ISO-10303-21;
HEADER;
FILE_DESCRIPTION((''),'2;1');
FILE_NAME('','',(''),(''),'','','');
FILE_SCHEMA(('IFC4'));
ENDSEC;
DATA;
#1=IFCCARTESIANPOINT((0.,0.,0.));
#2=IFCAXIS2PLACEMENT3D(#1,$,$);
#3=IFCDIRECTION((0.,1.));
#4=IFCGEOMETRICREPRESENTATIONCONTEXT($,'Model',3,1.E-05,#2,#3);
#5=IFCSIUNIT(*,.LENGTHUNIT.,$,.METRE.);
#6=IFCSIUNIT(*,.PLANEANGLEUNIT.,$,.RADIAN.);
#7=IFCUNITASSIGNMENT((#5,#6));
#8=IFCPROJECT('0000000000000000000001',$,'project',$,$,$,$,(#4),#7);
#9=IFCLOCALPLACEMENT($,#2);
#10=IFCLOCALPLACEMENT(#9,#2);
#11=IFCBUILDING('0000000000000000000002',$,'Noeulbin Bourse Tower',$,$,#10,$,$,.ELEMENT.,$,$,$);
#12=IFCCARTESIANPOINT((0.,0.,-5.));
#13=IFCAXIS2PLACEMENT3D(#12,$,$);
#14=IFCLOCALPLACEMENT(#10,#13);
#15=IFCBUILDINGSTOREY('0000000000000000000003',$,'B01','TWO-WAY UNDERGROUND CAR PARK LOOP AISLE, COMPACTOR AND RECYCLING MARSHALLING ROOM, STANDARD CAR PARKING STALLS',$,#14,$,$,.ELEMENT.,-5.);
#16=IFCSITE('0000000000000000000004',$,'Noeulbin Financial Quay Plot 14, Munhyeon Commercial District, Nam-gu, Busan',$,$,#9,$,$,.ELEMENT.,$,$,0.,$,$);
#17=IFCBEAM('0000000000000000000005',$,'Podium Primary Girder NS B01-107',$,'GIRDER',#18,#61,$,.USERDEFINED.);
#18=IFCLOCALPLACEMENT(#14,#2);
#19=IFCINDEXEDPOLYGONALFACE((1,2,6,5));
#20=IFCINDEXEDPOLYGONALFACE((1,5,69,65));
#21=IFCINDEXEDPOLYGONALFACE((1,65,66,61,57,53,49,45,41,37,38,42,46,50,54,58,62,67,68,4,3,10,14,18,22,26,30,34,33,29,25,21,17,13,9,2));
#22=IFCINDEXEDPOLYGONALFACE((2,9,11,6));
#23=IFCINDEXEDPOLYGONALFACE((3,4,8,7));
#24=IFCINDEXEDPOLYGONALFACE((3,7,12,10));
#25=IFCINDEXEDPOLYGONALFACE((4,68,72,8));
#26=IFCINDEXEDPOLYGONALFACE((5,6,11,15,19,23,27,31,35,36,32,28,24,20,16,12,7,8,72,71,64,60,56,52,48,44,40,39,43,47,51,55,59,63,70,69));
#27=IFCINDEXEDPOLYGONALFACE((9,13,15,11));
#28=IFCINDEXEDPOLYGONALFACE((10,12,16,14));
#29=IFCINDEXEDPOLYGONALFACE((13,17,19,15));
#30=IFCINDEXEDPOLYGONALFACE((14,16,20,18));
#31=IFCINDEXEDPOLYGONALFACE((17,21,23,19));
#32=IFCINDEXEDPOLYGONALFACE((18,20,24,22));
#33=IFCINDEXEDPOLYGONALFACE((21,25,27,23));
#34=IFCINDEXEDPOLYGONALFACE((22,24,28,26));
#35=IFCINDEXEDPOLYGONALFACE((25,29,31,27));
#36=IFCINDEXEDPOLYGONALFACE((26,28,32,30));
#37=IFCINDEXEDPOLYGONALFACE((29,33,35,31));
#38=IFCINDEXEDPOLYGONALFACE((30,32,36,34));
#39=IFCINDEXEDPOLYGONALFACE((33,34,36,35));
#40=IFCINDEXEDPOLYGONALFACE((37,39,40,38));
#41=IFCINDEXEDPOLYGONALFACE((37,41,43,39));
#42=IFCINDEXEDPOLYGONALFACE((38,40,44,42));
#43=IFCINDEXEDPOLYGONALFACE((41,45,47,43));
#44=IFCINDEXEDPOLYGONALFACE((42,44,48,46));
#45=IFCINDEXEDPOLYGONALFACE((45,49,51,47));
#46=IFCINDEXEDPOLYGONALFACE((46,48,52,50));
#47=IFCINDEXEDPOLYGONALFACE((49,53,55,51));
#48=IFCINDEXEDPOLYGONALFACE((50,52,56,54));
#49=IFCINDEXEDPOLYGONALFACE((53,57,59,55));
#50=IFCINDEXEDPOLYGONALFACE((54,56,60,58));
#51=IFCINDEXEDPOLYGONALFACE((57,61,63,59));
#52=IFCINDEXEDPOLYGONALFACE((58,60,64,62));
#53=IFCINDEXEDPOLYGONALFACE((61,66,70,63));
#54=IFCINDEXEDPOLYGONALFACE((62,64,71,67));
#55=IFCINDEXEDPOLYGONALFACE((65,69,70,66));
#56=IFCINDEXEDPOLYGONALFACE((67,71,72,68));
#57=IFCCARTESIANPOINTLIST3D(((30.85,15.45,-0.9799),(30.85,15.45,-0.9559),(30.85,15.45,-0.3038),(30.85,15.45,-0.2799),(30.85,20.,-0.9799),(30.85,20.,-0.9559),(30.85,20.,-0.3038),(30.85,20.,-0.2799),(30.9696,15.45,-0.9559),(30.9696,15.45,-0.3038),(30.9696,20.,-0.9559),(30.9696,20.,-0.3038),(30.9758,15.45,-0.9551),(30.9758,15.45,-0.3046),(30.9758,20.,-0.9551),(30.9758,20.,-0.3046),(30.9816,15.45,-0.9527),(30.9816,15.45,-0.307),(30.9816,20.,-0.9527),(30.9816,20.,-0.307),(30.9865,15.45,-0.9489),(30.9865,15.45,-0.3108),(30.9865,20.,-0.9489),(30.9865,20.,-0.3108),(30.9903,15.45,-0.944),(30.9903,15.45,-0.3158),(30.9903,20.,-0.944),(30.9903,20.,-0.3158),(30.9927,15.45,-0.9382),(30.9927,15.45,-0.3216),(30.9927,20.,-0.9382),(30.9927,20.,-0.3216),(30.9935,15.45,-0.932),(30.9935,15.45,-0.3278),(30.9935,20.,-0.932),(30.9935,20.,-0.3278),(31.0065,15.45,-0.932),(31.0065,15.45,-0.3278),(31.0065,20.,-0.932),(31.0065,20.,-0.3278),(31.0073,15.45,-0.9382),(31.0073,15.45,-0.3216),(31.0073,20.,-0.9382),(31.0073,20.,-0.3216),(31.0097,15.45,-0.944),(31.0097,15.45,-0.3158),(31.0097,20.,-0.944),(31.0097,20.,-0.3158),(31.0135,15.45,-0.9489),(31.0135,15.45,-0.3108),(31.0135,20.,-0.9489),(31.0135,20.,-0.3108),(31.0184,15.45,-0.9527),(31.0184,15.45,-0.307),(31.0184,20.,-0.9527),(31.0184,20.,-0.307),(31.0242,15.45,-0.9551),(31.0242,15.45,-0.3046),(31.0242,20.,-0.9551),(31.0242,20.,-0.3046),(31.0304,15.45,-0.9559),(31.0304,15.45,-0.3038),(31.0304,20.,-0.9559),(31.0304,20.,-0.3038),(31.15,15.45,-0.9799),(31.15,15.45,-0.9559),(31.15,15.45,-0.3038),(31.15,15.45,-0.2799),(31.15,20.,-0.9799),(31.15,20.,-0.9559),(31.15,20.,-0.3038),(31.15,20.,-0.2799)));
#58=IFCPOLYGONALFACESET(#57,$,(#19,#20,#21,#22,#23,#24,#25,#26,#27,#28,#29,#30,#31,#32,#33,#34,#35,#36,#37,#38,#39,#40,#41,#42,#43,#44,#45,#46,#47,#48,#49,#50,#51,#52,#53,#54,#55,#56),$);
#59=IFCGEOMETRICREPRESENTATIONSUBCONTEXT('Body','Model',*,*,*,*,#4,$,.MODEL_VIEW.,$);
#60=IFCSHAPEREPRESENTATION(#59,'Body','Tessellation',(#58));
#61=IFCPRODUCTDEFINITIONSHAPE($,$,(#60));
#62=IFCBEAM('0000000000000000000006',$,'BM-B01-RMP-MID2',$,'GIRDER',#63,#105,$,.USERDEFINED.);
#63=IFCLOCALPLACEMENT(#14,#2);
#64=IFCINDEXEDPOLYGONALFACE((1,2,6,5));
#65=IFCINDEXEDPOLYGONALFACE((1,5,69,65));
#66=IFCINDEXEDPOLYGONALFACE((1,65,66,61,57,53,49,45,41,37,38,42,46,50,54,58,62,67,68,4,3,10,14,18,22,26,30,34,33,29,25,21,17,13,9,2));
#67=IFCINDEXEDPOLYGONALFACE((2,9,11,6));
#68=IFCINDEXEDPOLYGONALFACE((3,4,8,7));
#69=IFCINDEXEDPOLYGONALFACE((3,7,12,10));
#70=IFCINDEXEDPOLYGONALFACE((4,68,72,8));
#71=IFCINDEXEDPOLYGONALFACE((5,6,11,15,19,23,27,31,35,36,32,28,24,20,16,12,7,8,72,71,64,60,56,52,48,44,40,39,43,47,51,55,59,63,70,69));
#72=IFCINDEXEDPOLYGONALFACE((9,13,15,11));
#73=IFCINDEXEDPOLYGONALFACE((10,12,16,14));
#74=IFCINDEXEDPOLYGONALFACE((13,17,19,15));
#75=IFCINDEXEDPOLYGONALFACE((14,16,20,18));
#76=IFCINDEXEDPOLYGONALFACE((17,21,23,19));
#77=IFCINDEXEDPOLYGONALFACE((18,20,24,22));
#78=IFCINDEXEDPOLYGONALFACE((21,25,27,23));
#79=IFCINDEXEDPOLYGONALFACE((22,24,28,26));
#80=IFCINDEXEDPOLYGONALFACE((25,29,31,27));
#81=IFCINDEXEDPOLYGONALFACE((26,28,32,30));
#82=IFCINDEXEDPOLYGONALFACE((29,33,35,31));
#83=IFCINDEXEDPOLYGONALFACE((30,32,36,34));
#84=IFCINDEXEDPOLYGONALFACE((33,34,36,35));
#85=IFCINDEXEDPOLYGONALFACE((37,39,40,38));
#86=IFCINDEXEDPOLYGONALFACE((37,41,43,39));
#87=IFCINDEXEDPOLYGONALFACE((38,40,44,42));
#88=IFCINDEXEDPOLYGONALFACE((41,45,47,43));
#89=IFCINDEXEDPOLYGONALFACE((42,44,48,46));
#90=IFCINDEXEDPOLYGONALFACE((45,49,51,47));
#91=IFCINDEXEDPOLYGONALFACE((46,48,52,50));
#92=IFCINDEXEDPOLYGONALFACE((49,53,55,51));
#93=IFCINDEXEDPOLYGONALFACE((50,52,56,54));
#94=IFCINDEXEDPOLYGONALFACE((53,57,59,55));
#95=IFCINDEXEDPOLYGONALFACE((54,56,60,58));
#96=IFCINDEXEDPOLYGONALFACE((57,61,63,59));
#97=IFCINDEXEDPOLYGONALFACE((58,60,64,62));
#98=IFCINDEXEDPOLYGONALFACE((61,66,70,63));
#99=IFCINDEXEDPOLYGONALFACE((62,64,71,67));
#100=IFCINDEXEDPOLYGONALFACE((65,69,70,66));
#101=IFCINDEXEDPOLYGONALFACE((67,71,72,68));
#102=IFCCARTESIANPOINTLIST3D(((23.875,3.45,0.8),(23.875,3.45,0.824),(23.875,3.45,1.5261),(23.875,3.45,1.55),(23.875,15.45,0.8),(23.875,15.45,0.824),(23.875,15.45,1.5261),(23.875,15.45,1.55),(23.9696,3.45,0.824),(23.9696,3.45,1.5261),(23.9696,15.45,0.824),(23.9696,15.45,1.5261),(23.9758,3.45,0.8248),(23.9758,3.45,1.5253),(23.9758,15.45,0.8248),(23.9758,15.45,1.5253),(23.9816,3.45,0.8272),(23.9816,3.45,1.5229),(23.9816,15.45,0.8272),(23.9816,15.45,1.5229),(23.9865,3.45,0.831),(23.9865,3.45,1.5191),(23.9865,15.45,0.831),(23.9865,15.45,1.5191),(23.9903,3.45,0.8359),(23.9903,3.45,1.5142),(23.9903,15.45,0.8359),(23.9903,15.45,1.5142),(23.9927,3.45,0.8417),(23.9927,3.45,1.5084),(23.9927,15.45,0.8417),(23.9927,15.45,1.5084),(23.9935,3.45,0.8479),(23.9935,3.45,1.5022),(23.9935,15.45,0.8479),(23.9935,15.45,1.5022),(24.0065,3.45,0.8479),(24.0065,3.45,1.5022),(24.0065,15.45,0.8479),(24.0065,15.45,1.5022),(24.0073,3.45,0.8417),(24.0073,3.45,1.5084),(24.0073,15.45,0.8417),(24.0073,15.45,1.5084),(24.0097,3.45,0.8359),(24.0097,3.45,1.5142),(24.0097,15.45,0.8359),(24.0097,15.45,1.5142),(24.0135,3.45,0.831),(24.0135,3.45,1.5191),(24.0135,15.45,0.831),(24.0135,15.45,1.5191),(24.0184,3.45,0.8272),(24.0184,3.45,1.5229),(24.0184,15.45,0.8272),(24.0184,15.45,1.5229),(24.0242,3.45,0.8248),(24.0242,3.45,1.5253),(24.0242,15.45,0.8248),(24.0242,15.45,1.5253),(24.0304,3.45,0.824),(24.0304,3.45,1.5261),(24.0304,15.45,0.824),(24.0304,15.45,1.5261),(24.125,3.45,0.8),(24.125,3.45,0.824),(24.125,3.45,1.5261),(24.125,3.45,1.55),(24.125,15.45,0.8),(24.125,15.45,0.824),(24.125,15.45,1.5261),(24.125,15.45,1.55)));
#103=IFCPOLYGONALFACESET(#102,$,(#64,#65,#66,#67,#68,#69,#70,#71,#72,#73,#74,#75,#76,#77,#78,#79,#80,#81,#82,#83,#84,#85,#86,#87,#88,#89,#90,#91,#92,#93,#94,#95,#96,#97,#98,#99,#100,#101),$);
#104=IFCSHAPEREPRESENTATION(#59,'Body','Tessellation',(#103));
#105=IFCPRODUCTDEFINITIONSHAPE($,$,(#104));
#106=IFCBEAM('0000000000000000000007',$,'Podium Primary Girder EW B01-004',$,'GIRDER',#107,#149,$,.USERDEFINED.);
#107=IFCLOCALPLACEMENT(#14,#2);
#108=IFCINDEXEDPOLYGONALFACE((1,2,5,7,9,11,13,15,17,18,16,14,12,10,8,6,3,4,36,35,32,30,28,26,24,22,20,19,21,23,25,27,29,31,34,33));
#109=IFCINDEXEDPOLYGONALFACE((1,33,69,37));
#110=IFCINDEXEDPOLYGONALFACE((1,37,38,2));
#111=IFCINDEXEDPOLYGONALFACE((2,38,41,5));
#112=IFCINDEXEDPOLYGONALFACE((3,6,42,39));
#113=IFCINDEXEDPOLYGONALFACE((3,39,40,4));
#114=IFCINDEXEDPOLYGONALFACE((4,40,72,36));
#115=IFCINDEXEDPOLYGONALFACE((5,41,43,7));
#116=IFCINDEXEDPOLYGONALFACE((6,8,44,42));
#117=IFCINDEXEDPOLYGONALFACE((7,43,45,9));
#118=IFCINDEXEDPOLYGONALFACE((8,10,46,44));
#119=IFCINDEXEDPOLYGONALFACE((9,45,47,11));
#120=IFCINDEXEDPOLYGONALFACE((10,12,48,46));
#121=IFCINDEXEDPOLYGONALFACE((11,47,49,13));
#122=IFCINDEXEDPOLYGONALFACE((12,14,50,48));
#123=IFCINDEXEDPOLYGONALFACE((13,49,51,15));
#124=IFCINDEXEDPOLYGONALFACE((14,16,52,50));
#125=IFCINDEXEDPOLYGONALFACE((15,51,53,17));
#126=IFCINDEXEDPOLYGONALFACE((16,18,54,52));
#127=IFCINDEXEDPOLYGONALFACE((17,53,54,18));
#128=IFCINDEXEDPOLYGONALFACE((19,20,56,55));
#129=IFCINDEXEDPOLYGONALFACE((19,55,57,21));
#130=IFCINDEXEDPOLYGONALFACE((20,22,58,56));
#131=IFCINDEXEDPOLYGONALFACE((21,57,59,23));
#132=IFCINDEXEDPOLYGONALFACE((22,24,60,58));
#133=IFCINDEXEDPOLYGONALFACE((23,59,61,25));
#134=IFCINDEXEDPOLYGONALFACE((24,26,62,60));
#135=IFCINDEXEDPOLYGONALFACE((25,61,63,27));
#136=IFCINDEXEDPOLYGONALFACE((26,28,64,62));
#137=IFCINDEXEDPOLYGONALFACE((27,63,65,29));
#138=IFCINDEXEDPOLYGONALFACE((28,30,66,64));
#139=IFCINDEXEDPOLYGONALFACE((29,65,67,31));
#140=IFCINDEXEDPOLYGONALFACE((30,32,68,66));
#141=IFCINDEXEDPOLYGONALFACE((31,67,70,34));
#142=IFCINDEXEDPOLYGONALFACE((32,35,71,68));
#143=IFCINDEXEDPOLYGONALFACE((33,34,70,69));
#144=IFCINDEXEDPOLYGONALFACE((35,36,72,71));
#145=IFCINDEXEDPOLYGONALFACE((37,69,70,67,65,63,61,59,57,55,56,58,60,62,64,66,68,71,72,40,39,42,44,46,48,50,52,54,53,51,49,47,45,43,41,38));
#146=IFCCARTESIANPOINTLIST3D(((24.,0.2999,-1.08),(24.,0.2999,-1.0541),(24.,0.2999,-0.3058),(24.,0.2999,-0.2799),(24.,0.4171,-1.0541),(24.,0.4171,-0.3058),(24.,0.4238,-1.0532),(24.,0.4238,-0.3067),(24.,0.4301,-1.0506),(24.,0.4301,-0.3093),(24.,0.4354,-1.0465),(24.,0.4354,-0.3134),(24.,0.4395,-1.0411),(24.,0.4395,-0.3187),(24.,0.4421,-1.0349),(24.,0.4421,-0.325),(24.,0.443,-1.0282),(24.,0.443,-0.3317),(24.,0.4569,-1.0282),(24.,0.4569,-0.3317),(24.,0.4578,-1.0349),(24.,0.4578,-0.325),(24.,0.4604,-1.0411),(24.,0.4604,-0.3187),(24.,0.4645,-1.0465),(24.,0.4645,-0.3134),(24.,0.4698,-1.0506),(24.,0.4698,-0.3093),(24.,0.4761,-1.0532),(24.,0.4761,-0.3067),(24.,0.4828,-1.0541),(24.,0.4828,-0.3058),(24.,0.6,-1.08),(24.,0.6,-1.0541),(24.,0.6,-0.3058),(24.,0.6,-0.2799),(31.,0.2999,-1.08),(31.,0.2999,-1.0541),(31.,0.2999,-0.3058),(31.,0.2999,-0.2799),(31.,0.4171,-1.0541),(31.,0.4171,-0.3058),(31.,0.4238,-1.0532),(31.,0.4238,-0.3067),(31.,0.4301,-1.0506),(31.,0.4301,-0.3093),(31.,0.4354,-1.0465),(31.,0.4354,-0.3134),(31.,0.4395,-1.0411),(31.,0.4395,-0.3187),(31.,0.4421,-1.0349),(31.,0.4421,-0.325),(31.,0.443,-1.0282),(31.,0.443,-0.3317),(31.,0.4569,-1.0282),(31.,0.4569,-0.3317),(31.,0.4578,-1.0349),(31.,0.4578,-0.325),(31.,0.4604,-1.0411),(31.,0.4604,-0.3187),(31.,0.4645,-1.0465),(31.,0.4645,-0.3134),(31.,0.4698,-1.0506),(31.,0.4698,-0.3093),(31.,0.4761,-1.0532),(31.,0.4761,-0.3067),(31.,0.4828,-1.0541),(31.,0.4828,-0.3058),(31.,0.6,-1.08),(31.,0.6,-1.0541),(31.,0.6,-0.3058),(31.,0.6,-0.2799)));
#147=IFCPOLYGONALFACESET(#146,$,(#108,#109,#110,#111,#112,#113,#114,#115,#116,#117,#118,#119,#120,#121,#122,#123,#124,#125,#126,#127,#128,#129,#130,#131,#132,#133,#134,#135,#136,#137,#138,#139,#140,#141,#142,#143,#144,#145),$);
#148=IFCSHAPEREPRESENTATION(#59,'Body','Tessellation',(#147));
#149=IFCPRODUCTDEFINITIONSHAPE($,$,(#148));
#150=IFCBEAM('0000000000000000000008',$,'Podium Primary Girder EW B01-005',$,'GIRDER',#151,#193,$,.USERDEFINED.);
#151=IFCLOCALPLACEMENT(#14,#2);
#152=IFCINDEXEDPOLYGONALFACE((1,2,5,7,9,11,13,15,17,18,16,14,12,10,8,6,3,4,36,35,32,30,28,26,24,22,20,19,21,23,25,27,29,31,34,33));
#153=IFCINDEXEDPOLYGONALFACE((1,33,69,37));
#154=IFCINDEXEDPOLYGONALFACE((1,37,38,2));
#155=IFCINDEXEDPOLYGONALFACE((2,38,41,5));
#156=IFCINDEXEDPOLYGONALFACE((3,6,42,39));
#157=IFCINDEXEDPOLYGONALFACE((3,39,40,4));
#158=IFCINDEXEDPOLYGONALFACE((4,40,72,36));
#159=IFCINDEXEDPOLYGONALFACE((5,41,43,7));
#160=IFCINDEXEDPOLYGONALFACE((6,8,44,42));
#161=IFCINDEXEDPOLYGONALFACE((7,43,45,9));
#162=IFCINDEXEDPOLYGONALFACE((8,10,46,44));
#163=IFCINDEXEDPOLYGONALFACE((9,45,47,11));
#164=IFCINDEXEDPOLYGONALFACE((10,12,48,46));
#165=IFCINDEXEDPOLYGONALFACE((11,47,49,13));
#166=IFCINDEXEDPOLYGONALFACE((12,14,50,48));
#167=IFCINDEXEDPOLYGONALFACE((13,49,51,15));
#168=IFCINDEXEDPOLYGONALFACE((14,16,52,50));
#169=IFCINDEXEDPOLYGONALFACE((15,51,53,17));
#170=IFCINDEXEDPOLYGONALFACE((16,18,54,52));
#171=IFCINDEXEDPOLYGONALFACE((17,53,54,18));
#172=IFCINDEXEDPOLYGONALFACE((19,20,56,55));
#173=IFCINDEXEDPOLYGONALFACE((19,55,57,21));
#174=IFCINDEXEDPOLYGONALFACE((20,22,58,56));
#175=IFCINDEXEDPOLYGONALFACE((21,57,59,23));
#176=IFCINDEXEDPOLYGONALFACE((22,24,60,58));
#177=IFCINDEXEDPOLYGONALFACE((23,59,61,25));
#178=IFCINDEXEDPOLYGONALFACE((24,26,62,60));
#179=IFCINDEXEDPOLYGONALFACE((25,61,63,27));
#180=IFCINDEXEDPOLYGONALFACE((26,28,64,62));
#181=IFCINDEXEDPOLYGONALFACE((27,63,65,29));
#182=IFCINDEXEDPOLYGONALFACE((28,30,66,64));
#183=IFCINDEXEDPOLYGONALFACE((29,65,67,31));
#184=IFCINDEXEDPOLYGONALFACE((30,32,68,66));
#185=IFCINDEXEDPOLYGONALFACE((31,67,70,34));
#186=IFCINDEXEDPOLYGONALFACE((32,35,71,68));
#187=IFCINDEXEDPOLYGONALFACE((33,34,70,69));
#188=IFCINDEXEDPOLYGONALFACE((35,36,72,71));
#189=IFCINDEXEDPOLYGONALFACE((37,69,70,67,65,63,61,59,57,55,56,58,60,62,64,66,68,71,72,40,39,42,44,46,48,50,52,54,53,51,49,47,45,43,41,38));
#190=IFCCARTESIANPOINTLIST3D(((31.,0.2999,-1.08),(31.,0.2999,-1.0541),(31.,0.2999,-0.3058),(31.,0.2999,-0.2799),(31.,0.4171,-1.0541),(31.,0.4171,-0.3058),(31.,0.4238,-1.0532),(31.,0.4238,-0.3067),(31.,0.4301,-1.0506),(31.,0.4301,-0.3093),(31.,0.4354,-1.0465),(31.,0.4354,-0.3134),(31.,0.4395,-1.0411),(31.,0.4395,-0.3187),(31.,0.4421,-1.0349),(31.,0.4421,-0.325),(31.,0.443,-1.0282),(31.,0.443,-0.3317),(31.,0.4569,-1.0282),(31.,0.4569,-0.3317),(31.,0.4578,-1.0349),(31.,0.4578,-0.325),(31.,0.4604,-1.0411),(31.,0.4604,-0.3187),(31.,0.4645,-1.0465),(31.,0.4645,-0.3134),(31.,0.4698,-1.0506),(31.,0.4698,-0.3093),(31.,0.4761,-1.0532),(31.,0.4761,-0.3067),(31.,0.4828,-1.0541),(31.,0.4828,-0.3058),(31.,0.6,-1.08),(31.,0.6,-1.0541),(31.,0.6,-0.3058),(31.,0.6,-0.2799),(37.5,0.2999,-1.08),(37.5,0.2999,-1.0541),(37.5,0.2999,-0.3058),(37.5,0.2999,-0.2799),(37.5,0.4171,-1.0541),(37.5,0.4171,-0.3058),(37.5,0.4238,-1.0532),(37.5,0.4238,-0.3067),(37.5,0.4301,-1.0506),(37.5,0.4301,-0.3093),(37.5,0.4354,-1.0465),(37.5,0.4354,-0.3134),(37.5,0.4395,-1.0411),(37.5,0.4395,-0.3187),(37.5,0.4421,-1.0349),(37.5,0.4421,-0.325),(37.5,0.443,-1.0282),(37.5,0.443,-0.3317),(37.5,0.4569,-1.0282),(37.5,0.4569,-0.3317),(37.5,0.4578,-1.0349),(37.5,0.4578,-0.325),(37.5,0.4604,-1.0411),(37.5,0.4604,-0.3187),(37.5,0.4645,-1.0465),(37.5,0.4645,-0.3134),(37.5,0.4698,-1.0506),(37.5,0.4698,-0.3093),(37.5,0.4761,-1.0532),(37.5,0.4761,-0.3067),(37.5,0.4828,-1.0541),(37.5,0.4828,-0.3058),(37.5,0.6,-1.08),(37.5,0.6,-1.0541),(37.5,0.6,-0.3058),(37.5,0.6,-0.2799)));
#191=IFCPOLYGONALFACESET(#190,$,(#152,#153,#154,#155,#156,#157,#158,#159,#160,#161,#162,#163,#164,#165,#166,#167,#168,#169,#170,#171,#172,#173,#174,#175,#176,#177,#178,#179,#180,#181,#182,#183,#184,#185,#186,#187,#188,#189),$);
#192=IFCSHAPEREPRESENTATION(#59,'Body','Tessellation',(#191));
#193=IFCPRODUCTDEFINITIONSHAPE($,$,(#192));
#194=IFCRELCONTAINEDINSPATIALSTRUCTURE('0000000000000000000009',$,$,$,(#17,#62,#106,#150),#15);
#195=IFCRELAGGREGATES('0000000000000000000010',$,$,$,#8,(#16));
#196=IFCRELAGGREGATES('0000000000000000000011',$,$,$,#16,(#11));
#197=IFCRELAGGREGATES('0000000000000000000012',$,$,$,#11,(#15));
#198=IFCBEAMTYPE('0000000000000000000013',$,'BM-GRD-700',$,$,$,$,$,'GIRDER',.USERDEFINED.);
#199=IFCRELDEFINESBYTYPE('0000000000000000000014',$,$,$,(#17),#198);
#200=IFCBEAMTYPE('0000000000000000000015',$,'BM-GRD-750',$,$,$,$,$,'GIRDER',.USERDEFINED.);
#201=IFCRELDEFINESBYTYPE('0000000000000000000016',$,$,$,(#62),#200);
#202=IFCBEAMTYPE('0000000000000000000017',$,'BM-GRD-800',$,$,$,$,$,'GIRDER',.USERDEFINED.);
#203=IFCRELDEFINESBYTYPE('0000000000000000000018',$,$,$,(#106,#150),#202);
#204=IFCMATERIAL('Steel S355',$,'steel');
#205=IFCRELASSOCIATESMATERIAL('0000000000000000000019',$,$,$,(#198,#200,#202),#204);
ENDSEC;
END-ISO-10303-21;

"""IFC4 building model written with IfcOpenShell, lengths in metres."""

from ifc_helpers import new_model, si_unit, direction, frame, origin, origin_2d, place, context, subcontext, project, spatial, i_section, extrude, material, material_profile, profile_set, type_object, element, save


model = new_model("IFC4")

# Units and contexts
model_context = context("Model", 3, precision=1e-05, world=origin(), true_north=direction((0.0, 1.0)))
body_context = subcontext(model_context, "Body", "Model", "MODEL_VIEW")
ifc_project = project(units=[si_unit("LENGTHUNIT", "METRE"), si_unit("PLANEANGLEUNIT", "RADIAN")], contexts=[model_context])

# Site, building, storey
site_placement = place(None, origin())
site = spatial("IfcSite", under=ifc_project, at=site_placement, Name="Noeulbin Financial Quay Plot 14, Munhyeon Commercial District, Nam-gu, Busan", CompositionType="ELEMENT", RefElevation=0.0)
building_placement = place(site_placement, origin())
building = spatial("IfcBuilding", under=site, at=building_placement, Name="Noeulbin Bourse Tower", CompositionType="ELEMENT")
storey_placement = place(building_placement, frame((0.0, 0.0, -5.0)))
storey = spatial("IfcBuildingStorey", under=building, at=storey_placement, Name="B01", Description="TWO-WAY UNDERGROUND CAR PARK LOOP AISLE, COMPACTOR AND RECYCLING MARSHALLING ROOM, STANDARD CAR PARKING STALLS", CompositionType="ELEMENT", Elevation=-5.0)

# Beams
ifc_material_1 = material(Name="Steel S355", Category="steel")
ifc_material_profile_1 = material_profile(ifc_material_1, i_section(OverallWidth=0.3, OverallDepth=0.7, WebThickness=0.0129, FlangeThickness=0.0239, FilletRadius=0.0239, at=origin_2d()), Name="H-700x300x13x24", Category="LoadBearing")
ifc_profile_set_1 = profile_set([ifc_material_profile_1], Name="Steel S355")
beam_type_1 = type_object("IfcBeamType", Name="BM-GRD-700", ElementType="GIRDER", PredefinedType="USERDEFINED", material=ifc_profile_set_1)
beam_1_placement = place(storey_placement, frame((31.0, 15.45, -0.6299), z_axis=(0.0, 1.0, 0.0), x_axis=(-1.0, 0.0, 0.0)))
element("IfcBeam", 1, at=beam_1_placement, inside=storey, type_object=beam_type_1, Name="Podium Primary Girder NS B01-107", ObjectType="GIRDER", PredefinedType="USERDEFINED", context=body_context, shape_type="SweptSolid", body=[
    extrude(i_section(OverallWidth=0.3, OverallDepth=0.7, WebThickness=0.0129, FlangeThickness=0.0239, FilletRadius=0.0239, at=origin_2d()), origin(), (0.0, 0.0, 1.0), 4.55),
])
ifc_material_profile_2 = material_profile(ifc_material_1, i_section(OverallWidth=0.25, OverallDepth=0.75, WebThickness=0.0129, FlangeThickness=0.0239, FilletRadius=0.0239, at=origin_2d()), Name="H-750x250x13x24", Category="LoadBearing")
ifc_profile_set_2 = profile_set([ifc_material_profile_2], Name="Steel S355")
beam_type_2 = type_object("IfcBeamType", Name="BM-GRD-750", ElementType="GIRDER", PredefinedType="USERDEFINED", material=ifc_profile_set_2)
beam_2_placement = place(storey_placement, frame((24.0, 3.45, 1.175), z_axis=(0.0, 1.0, 0.0), x_axis=(-1.0, 0.0, 0.0)))
element("IfcBeam", 2, at=beam_2_placement, inside=storey, type_object=beam_type_2, Name="BM-B01-RMP-MID2", ObjectType="GIRDER", PredefinedType="USERDEFINED", context=body_context, shape_type="SweptSolid", body=[
    extrude(i_section(OverallWidth=0.25, OverallDepth=0.75, WebThickness=0.0129, FlangeThickness=0.0239, FilletRadius=0.0239, at=origin_2d()), origin(), (0.0, 0.0, 1.0), 12.0),
])
ifc_material_profile_3 = material_profile(ifc_material_1, i_section(OverallWidth=0.3, OverallDepth=0.8, WebThickness=0.0139, FlangeThickness=0.0259, FilletRadius=0.0259, at=origin_2d()), Name="H-800x300x14x26", Category="LoadBearing")
ifc_profile_set_3 = profile_set([ifc_material_profile_3], Name="Steel S355")
beam_type_3 = type_object("IfcBeamType", Name="BM-GRD-800", ElementType="GIRDER", PredefinedType="USERDEFINED", material=ifc_profile_set_3)
beam_3_placement = place(storey_placement, frame((24.0, 0.45, -0.6799), z_axis=(1.0, 0.0, 0.0), x_axis=(0.0, 1.0, 0.0)))
element("IfcBeam", 3, at=beam_3_placement, inside=storey, type_object=beam_type_3, Name="Podium Primary Girder EW B01-004", ObjectType="GIRDER", PredefinedType="USERDEFINED", context=body_context, shape_type="SweptSolid", body=[
    extrude(i_section(OverallWidth=0.3, OverallDepth=0.8, WebThickness=0.0139, FlangeThickness=0.0259, FilletRadius=0.0259, at=origin_2d()), origin(), (0.0, 0.0, 1.0), 7.0),
])
beam_4_placement = place(storey_placement, frame((31.0, 0.45, -0.6799), z_axis=(1.0, 0.0, 0.0), x_axis=(0.0, 1.0, 0.0)))
element("IfcBeam", 4, at=beam_4_placement, inside=storey, type_object=beam_type_3, Name="Podium Primary Girder EW B01-005", ObjectType="GIRDER", PredefinedType="USERDEFINED", context=body_context, shape_type="SweptSolid", body=[
    extrude(i_section(OverallWidth=0.3, OverallDepth=0.8, WebThickness=0.0139, FlangeThickness=0.0259, FilletRadius=0.0259, at=origin_2d()), origin(), (0.0, 0.0, 1.0), 6.5),
])

save(model, "model.ifc")
